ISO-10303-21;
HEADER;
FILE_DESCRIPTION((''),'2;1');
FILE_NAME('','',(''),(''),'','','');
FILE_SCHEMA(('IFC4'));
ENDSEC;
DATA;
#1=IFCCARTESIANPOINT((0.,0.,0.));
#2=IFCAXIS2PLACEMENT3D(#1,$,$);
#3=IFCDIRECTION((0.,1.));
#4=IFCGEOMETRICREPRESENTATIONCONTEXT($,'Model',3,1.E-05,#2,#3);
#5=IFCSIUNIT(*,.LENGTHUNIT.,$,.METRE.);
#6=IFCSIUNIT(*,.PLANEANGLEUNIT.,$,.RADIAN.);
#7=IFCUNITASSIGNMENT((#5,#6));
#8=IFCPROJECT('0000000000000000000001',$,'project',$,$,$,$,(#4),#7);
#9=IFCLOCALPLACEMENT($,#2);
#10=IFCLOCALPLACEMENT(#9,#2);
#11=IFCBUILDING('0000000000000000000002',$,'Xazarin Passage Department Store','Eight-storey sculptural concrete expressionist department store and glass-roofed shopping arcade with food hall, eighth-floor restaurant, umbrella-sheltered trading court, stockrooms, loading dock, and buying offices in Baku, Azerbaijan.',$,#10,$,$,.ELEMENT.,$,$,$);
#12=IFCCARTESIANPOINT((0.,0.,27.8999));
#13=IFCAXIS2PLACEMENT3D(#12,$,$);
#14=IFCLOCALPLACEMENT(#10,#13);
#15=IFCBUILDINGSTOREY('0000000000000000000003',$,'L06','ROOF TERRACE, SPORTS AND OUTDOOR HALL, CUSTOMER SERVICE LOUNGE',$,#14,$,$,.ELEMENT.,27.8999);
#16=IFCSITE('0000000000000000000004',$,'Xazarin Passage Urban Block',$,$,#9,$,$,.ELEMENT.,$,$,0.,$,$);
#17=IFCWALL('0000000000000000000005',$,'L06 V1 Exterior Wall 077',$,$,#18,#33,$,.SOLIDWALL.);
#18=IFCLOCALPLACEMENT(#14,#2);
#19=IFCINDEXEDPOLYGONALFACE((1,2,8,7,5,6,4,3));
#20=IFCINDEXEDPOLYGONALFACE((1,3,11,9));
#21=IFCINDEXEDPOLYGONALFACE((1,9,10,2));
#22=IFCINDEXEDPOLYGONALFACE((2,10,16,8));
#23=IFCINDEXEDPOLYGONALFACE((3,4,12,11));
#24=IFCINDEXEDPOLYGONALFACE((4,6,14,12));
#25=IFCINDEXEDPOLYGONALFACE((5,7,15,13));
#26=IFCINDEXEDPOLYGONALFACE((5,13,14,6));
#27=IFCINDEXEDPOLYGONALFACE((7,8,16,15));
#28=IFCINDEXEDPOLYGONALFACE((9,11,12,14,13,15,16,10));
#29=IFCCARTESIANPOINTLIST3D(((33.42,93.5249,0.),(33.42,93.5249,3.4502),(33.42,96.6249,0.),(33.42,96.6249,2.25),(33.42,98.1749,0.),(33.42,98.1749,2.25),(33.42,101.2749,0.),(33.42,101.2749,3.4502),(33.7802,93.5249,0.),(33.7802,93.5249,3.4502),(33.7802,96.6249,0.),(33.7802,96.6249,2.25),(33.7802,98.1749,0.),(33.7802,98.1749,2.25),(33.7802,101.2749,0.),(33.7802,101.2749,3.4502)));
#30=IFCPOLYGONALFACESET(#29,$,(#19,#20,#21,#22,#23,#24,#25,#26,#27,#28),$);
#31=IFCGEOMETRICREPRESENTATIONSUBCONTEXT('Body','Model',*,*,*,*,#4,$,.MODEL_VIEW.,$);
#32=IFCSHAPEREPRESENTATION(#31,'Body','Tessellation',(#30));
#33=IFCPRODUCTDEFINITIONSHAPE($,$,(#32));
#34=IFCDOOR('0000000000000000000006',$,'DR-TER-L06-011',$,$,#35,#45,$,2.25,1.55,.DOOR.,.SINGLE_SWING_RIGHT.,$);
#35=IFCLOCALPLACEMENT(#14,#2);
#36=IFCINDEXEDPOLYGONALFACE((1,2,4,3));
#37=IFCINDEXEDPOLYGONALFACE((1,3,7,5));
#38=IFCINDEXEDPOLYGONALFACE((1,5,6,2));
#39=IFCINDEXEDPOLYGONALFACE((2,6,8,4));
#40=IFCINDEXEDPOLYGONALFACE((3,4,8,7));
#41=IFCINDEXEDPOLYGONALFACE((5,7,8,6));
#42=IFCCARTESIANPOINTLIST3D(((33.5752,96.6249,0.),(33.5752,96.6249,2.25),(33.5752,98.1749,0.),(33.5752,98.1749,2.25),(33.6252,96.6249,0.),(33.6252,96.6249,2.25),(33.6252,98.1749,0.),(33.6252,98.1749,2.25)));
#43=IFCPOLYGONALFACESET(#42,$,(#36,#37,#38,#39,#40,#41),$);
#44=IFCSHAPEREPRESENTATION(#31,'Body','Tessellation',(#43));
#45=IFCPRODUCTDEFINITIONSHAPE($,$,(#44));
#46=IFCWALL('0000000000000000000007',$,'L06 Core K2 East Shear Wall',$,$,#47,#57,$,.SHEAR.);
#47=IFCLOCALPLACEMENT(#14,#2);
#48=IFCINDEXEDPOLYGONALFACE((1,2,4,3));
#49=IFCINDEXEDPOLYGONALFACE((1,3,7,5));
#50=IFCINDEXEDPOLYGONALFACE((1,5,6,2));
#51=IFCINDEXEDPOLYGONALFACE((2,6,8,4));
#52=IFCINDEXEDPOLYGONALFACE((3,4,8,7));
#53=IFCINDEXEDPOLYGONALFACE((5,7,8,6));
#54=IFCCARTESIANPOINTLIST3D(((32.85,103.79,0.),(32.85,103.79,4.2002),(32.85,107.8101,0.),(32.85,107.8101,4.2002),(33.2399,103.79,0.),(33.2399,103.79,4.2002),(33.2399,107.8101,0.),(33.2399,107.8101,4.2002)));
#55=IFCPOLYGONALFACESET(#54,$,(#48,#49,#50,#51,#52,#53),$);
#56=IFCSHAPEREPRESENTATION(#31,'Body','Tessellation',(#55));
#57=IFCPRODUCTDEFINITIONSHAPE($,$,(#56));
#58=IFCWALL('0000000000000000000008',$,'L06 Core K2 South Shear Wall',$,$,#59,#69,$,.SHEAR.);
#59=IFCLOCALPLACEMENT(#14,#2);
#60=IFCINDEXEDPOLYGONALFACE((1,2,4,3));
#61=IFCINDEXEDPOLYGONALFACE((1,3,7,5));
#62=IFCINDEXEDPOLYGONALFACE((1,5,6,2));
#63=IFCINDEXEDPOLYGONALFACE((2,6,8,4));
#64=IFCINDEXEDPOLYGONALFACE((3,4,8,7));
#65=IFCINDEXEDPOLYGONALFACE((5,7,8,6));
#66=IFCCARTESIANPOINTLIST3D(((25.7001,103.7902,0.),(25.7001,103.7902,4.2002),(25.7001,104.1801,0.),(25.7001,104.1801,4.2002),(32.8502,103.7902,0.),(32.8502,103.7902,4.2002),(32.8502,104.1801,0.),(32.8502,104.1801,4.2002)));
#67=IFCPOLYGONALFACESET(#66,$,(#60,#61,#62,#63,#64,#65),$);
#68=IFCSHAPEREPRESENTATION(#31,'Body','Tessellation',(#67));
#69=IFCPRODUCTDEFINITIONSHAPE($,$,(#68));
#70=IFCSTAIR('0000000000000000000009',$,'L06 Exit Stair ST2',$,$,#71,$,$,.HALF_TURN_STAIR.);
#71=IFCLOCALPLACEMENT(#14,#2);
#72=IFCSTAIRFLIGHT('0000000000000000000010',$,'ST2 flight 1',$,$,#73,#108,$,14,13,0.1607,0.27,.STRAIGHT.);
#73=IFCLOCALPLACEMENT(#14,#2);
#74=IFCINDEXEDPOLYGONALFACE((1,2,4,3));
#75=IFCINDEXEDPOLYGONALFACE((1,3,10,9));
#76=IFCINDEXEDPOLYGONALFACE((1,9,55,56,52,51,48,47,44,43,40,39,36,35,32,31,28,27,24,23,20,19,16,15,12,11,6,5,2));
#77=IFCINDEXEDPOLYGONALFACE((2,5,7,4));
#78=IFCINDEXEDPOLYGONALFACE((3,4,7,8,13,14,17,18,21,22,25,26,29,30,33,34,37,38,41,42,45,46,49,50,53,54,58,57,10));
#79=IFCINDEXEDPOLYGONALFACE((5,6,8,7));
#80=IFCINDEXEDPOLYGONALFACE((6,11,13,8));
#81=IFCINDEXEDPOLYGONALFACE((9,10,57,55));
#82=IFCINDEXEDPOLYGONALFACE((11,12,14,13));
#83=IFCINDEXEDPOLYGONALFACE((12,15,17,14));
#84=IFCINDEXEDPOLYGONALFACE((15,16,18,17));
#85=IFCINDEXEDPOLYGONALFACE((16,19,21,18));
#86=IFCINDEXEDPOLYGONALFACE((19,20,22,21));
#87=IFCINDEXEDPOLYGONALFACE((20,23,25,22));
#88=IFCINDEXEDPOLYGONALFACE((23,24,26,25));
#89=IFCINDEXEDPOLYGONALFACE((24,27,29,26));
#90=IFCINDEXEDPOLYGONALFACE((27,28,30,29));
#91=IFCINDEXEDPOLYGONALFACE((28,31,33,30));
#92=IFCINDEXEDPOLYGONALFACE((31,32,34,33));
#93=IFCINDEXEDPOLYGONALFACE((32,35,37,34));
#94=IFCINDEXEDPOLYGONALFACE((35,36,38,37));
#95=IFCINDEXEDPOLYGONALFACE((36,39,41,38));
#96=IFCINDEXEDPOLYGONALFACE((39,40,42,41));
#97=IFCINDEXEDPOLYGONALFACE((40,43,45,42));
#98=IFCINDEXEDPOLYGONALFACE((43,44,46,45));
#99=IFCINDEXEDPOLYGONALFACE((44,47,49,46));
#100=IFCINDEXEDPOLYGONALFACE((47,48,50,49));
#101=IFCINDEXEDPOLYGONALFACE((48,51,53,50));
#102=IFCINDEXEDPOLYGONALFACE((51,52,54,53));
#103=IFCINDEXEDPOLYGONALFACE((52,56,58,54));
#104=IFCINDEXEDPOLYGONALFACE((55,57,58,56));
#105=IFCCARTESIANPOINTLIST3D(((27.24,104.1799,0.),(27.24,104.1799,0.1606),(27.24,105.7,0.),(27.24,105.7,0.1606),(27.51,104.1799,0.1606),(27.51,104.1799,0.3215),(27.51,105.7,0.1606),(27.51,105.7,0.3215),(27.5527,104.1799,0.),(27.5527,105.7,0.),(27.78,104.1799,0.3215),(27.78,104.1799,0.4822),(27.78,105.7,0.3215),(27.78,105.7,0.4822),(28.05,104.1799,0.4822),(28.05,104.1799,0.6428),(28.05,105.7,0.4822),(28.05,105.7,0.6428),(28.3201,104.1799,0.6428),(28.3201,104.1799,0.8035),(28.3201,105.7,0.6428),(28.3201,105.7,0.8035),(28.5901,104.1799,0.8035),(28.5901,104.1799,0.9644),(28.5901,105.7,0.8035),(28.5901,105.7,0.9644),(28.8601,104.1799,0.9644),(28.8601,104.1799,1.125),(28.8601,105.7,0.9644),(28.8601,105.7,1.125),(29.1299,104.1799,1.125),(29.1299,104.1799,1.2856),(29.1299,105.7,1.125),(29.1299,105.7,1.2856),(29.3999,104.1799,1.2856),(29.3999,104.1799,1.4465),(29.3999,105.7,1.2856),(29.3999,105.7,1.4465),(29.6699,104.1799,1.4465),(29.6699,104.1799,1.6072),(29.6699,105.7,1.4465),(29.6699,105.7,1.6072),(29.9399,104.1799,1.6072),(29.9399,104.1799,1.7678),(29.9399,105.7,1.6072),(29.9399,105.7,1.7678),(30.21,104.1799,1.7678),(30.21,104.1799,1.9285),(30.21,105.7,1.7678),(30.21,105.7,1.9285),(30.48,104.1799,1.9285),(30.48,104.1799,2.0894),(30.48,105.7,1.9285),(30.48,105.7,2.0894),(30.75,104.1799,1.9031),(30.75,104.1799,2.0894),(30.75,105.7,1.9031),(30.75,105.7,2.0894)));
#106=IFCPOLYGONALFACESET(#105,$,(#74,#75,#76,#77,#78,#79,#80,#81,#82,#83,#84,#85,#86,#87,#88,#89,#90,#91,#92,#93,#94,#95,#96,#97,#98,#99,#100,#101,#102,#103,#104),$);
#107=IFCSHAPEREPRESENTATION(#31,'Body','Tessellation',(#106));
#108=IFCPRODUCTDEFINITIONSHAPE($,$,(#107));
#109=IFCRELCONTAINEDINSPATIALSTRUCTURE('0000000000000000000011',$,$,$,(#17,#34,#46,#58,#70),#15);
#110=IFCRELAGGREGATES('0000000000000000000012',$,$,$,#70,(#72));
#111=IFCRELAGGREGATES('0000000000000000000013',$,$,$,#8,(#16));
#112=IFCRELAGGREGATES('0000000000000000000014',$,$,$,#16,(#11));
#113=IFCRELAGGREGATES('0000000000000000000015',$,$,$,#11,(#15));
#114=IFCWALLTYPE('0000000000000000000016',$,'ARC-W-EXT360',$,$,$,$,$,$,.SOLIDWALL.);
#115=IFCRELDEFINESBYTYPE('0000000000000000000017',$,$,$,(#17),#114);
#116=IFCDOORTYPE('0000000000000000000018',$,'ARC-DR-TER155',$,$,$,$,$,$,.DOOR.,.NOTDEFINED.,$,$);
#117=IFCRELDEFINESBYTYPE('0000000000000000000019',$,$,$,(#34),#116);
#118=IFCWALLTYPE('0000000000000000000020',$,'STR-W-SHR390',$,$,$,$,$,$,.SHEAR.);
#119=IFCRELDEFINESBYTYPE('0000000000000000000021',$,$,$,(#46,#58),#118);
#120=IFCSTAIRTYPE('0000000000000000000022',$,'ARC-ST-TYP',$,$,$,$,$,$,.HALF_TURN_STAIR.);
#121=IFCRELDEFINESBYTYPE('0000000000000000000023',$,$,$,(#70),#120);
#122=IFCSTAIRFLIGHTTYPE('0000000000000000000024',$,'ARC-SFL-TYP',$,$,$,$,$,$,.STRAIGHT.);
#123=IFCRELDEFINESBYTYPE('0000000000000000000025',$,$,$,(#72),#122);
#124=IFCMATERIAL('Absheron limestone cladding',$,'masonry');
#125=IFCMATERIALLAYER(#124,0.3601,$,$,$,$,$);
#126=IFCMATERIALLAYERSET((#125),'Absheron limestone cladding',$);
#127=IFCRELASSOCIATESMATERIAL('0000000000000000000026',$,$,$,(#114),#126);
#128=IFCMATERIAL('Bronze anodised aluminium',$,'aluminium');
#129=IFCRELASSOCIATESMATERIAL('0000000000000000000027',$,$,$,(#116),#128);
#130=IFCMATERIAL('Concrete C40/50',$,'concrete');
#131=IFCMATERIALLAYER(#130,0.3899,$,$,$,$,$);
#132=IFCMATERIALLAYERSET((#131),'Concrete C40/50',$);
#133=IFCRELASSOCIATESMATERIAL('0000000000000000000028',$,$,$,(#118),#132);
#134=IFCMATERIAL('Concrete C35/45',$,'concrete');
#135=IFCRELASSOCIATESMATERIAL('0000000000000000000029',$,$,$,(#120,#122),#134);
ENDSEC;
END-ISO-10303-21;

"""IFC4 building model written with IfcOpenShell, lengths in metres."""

from ifc_helpers import new_model, si_unit, direction, frame, frame_2d, origin, place, context, subcontext, project, spatial, polyline, rectangle, outline, extrude, material, layer, layer_set, type_object, element, fill, aggregate, save


model = new_model("IFC4")

# Units and contexts
model_context = context("Model", 3, precision=1e-05, world=origin(), true_north=direction((0.0, 1.0)))
body_context = subcontext(model_context, "Body", "Model", "MODEL_VIEW")
ifc_project = project(units=[si_unit("LENGTHUNIT", "METRE"), si_unit("PLANEANGLEUNIT", "RADIAN")], contexts=[model_context])

# Site, building, storey
site_placement = place(None, origin())
site = spatial("IfcSite", under=ifc_project, at=site_placement, Name="Xazarin Passage Urban Block", CompositionType="ELEMENT", RefElevation=0.0)
building_placement = place(site_placement, origin())
building = spatial("IfcBuilding", under=site, at=building_placement, Name="Xazarin Passage Department Store", Description="Eight-storey sculptural concrete expressionist department store and glass-roofed shopping arcade with food hall, eighth-floor restaurant, umbrella-sheltered trading court, stockrooms, loading dock, and buying offices in Baku, Azerbaijan.", CompositionType="ELEMENT")
storey_placement = place(building_placement, frame((0.0, 0.0, 27.8999)))
storey = spatial("IfcBuildingStorey", under=building, at=storey_placement, Name="L06", Description="ROOF TERRACE, SPORTS AND OUTDOOR HALL, CUSTOMER SERVICE LOUNGE", CompositionType="ELEMENT", Elevation=27.8999)

# Shared definitions
ifc_material_1 = material(Name="Concrete C40/50", Category="concrete")

# Shared definitions
ifc_material_2 = material(Name="Concrete C35/45", Category="concrete")

# Wall, opening, door
ifc_material_3 = material(Name="Absheron limestone cladding", Category="masonry")
ifc_layer_1 = layer(ifc_material_3, 0.3601)
ifc_layer_set_1 = layer_set([ifc_layer_1], Name="Absheron limestone cladding")
wall_type_1 = type_object("IfcWallType", Name="ARC-W-EXT360", PredefinedType="SOLIDWALL", material=ifc_layer_set_1)
wall_1_placement = place(storey_placement, frame((33.6001, 93.5249, 0.0), z_axis=(0.0, 0.0, 1.0), x_axis=(0.0, 1.0, 0.0)))
wall_1 = element("IfcWall", 1, at=wall_1_placement, inside=storey, type_object=wall_type_1, Name="L06 V1 Exterior Wall 077", PredefinedType="SOLIDWALL", context=body_context, shape_type="SweptSolid", body=[
    extrude(rectangle(XDim=7.75, YDim=0.3601, at=frame_2d((3.875, 0.0))), origin(), (0.0, 0.0, 1.0), 3.4502),
])
opening_1_placement = place(wall_1_placement, frame((3.1001, 0.0, 0.0)))
opening_1 = element("IfcOpeningElement", 2, at=opening_1_placement, cuts=wall_1, PredefinedType="OPENING", context=body_context, shape_type="SweptSolid", body=[
    extrude(rectangle(XDim=1.55, YDim=2.25, at=frame_2d((0.7749, 1.125))), frame((0.0, 0.1899, 0.0), z_axis=(0.0, -1.0, 0.0), x_axis=(1.0, 0.0, 0.0)), (0.0, 0.0, 1.0), 0.3801),
])
ifc_material_4 = material(Name="Bronze anodised aluminium", Category="aluminium")
door_type = type_object("IfcDoorType", Name="ARC-DR-TER155", OperationType="NOTDEFINED", PredefinedType="DOOR", material=ifc_material_4)
door_placement = place(opening_1_placement, origin())
door = element("IfcDoor", 3, at=door_placement, inside=storey, type_object=door_type, Name="DR-TER-L06-011", OperationType="SINGLE_SWING_RIGHT", OverallHeight=2.25, OverallWidth=1.55, PredefinedType="DOOR", context=body_context, shape_type="SweptSolid", body=[
    extrude(rectangle(XDim=1.55, YDim=2.25, at=frame_2d((0.7749, 1.125))), frame((0.0, 0.0249, 0.0), z_axis=(0.0, -1.0, 0.0), x_axis=(1.0, 0.0, 0.0)), (0.0, 0.0, 1.0), 0.05),
])
fill(opening_1, door)

# Walls
ifc_layer_2 = layer(ifc_material_1, 0.3899)
ifc_layer_set_2 = layer_set([ifc_layer_2], Name="Concrete C40/50")
wall_type_2 = type_object("IfcWallType", Name="STR-W-SHR390", PredefinedType="SHEAR", material=ifc_layer_set_2)
wall_2_placement = place(storey_placement, frame((33.0449, 103.79, 0.0), z_axis=(0.0, 0.0, 1.0), x_axis=(0.0, 1.0, 0.0)))
element("IfcWall", 4, at=wall_2_placement, inside=storey, type_object=wall_type_2, Name="L06 Core K2 East Shear Wall", PredefinedType="SHEAR", context=body_context, shape_type="SweptSolid", body=[
    extrude(rectangle(XDim=4.02, YDim=0.3899, at=frame_2d((2.01, 0.0))), origin(), (0.0, 0.0, 1.0), 4.2002),
])
wall_3_placement = place(storey_placement, frame((25.7, 103.9851, 0.0), z_axis=(0.0, 0.0, 1.0), x_axis=(1.0, 0.0, 0.0)))
element("IfcWall", 5, at=wall_3_placement, inside=storey, type_object=wall_type_2, Name="L06 Core K2 South Shear Wall", PredefinedType="SHEAR", context=body_context, shape_type="SweptSolid", body=[
    extrude(rectangle(XDim=7.1501, YDim=0.3899, at=frame_2d((3.5752, 0.0))), origin(), (0.0, 0.0, 1.0), 4.2002),
])

# Stair, stair flight
stair_type = type_object("IfcStairType", Name="ARC-ST-TYP", PredefinedType="HALF_TURN_STAIR", material=ifc_material_2)
stair_placement = place(storey_placement, origin())
stair = element("IfcStair", 6, at=stair_placement, inside=storey, type_object=stair_type, Name="L06 Exit Stair ST2", PredefinedType="HALF_TURN_STAIR")
stair_flight_type = type_object("IfcStairFlightType", Name="ARC-SFL-TYP", PredefinedType="STRAIGHT", material=ifc_material_2)
stair_flight_placement = place(storey_placement, frame((27.24, 104.9399, 0.0), z_axis=(0.0, 0.0, 1.0), x_axis=(1.0, 0.0, 0.0)))
stair_flight = element("IfcStairFlight", 7, at=stair_flight_placement, type_object=stair_flight_type, Name="ST2 flight 1", NumberOfRisers=14, NumberOfTreads=13, PredefinedType="STRAIGHT", RiserHeight=0.1607, TreadLength=0.27, context=body_context, shape_type="SweptSolid", body=[
    extrude(outline(polyline([(0.0, 0.0), (0.0, 0.1606), (0.27, 0.1606), (0.27, 0.3215), (0.54, 0.3215), (0.54, 0.4822), (0.8101, 0.4822), (0.8101, 0.6428), (1.0801, 0.6428), (1.0801, 0.8035), (1.3501, 0.8035), (1.3501, 0.9644), (1.6201, 0.9644), (1.6201, 1.125), (1.8899, 1.125), (1.8899, 1.2856), (2.1599, 1.2856), (2.1599, 1.4465), (2.4299, 1.4465), (2.4299, 1.6072), (2.7, 1.6072), (2.7, 1.7678), (2.97, 1.7678), (2.97, 1.9285), (3.24, 1.9285), (3.24, 2.0894), (3.51, 2.0894), (3.51, 2.25), (3.51, 1.9031), (0.3127, 0.0), (0.0, 0.0)])), frame((0.0, 0.76, 0.0), z_axis=(0.0, -1.0, 0.0), x_axis=(1.0, 0.0, 0.0)), (0.0, 0.0, 1.0), 1.52),
])
aggregate(stair, [stair_flight])

save(model, "model.ifc")
